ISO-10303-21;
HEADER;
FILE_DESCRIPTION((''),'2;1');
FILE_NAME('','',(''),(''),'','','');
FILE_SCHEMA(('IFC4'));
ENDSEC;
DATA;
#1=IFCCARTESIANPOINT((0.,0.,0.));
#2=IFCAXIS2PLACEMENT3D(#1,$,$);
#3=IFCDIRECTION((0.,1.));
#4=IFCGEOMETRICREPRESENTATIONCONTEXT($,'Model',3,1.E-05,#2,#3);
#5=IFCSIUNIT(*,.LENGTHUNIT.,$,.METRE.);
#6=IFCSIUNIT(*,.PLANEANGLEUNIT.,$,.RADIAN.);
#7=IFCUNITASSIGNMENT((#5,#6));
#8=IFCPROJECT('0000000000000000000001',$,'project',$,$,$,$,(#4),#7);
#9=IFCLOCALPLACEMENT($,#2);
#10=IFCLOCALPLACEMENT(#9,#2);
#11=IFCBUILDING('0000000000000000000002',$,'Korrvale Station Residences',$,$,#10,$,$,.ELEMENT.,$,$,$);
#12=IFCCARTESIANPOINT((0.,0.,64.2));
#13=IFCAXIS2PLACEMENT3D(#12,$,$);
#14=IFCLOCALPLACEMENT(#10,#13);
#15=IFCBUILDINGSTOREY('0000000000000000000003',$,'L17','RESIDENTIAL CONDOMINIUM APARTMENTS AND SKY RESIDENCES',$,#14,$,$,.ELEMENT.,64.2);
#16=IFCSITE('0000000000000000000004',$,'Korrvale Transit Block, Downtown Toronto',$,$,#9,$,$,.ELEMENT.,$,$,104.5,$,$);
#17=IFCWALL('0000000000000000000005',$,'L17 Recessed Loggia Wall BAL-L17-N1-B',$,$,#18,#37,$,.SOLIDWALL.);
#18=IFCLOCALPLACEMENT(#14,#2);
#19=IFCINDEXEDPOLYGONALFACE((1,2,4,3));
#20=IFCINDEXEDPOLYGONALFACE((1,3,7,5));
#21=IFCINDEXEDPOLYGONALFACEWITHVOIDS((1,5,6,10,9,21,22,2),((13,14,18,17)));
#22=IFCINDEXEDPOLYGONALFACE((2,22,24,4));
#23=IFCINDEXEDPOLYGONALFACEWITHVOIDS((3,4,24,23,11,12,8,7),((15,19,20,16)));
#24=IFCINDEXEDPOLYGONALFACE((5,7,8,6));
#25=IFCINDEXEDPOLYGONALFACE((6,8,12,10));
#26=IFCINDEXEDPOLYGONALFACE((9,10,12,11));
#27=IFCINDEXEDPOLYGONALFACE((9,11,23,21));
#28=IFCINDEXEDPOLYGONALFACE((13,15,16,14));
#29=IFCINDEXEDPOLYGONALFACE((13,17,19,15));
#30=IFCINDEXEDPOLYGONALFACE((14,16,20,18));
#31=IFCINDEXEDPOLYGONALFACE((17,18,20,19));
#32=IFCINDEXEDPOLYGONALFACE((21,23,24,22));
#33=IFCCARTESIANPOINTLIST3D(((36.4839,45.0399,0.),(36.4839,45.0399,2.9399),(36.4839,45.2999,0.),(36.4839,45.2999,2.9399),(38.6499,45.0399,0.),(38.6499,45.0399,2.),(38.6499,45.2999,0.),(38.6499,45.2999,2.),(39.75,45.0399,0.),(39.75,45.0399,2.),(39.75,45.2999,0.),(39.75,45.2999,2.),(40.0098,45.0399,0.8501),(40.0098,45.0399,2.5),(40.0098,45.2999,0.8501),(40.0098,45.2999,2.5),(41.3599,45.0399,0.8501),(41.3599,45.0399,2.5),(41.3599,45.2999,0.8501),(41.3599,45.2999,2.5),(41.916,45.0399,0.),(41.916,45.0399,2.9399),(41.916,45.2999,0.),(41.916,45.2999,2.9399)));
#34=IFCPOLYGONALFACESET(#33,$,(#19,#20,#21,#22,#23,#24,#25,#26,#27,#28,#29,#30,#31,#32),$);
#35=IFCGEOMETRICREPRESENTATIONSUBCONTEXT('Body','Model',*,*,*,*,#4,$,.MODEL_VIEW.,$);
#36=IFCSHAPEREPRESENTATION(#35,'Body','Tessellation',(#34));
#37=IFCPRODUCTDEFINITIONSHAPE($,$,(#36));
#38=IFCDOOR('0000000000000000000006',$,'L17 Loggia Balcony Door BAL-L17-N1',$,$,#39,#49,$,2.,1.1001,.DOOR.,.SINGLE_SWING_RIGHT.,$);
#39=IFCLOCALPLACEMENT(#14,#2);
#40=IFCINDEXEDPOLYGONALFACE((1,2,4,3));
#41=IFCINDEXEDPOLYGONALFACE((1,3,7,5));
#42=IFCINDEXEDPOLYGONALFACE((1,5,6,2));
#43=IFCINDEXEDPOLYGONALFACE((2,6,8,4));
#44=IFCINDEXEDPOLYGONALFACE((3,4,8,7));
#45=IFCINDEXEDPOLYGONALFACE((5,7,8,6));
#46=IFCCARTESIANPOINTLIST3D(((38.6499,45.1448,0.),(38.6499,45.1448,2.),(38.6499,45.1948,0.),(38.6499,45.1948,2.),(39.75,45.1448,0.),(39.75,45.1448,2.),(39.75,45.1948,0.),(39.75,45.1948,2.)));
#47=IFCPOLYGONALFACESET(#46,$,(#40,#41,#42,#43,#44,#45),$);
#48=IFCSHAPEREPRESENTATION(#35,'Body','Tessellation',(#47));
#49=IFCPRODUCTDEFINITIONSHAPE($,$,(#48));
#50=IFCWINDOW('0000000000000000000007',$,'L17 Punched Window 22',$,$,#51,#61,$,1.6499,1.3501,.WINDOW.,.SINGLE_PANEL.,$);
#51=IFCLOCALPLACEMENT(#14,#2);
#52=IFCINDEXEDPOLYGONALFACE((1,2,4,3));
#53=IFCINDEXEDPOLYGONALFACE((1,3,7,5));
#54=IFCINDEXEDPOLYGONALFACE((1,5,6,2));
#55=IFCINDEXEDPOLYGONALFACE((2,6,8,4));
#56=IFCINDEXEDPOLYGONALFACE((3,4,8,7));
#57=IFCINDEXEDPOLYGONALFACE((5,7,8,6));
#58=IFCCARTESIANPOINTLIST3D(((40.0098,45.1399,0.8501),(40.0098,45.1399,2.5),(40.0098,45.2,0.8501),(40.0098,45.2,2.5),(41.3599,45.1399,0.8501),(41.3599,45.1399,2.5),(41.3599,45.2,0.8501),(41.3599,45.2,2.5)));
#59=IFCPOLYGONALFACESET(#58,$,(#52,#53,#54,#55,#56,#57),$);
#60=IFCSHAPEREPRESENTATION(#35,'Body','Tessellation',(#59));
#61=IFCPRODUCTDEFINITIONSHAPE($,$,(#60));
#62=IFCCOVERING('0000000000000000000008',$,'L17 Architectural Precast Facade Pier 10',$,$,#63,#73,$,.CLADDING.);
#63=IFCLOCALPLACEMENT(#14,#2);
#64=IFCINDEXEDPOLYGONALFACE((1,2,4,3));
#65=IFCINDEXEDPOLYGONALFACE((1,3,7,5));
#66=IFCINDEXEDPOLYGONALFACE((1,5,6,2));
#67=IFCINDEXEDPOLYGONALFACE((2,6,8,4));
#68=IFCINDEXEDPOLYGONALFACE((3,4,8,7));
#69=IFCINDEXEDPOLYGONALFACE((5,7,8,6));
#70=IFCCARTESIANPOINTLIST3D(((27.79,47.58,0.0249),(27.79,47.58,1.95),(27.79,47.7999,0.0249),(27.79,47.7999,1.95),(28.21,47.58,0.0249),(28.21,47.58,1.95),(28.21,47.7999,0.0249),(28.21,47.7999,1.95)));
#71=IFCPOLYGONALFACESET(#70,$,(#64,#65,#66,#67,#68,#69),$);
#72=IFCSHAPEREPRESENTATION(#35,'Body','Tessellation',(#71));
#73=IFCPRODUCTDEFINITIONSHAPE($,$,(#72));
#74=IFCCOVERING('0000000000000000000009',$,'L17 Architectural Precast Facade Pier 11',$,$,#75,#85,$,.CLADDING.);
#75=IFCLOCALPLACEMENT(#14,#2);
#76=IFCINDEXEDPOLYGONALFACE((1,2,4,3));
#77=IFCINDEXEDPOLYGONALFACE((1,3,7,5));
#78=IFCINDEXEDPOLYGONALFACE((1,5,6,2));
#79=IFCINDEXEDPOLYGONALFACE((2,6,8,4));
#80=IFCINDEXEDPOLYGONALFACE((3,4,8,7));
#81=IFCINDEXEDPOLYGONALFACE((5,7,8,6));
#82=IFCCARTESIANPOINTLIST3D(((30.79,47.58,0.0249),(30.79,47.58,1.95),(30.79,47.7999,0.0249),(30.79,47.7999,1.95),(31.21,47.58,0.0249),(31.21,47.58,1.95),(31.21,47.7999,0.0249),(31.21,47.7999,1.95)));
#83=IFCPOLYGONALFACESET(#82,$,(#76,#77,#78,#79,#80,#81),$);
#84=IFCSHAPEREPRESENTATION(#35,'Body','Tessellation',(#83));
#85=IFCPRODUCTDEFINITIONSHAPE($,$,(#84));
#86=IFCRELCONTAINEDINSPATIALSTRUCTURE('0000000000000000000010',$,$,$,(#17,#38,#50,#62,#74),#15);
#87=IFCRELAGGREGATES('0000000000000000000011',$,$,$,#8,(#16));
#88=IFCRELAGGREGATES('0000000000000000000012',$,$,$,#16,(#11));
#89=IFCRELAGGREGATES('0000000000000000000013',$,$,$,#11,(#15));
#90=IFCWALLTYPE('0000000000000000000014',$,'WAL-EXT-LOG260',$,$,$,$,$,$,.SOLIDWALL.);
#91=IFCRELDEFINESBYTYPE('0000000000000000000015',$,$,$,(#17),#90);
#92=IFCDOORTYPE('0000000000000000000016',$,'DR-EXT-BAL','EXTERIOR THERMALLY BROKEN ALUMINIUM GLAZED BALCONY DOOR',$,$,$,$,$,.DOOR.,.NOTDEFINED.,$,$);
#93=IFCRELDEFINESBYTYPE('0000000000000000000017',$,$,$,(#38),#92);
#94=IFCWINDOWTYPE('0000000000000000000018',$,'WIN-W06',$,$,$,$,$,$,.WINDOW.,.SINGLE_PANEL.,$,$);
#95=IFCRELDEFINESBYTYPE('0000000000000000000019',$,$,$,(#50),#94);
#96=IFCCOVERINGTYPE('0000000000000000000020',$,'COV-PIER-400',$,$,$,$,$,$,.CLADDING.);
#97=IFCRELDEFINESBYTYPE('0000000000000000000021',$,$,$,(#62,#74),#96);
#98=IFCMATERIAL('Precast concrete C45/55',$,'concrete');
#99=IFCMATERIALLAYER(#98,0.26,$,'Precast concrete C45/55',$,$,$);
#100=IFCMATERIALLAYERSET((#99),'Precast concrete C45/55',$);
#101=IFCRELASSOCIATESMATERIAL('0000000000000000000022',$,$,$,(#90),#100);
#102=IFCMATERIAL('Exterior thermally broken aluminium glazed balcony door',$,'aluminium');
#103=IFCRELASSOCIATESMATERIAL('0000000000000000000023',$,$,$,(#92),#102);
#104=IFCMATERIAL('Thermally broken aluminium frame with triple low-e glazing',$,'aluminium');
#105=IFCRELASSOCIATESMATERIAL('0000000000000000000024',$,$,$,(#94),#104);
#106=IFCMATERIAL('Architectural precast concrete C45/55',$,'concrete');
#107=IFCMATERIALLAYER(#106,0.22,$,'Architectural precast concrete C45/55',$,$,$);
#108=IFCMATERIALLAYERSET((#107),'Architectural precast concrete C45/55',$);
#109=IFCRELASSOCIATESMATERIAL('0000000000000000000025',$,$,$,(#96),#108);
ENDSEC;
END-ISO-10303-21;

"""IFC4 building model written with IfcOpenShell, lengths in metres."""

from ifc_helpers import new_model, si_unit, direction, frame, frame_2d, origin, origin_2d, place, context, subcontext, project, spatial, rectangle, extrude, material, layer, layer_set, type_object, element, fill, save


model = new_model("IFC4")

# Units and contexts
model_context = context("Model", 3, precision=1e-05, world=origin(), true_north=direction((0.0, 1.0)))
body_context = subcontext(model_context, "Body", "Model", "MODEL_VIEW")
ifc_project = project(units=[si_unit("LENGTHUNIT", "METRE"), si_unit("PLANEANGLEUNIT", "RADIAN")], contexts=[model_context])

# Site, building, storey
site_placement = place(None, origin())
site = spatial("IfcSite", under=ifc_project, at=site_placement, Name="Korrvale Transit Block, Downtown Toronto", CompositionType="ELEMENT", RefElevation=104.5)
building_placement = place(site_placement, origin())
building = spatial("IfcBuilding", under=site, at=building_placement, Name="Korrvale Station Residences", CompositionType="ELEMENT")
storey_placement = place(building_placement, frame((0.0, 0.0, 64.2)))
storey = spatial("IfcBuildingStorey", under=building, at=storey_placement, Name="L17", Description="RESIDENTIAL CONDOMINIUM APARTMENTS AND SKY RESIDENCES", CompositionType="ELEMENT", Elevation=64.2)

# Shared definitions
ifc_material_1 = material(Name="Precast concrete C45/55", Category="concrete")
ifc_layer_1 = layer(ifc_material_1, 0.26, Name="Precast concrete C45/55")
ifc_layer_set_1 = layer_set([ifc_layer_1], Name="Precast concrete C45/55")
wall_type = type_object("IfcWallType", Name="WAL-EXT-LOG260", PredefinedType="SOLIDWALL", material=ifc_layer_set_1)
ifc_material_2 = material(Name="Thermally broken aluminium frame with triple low-e glazing", Category="aluminium")

# Wall, openings, door, window
wall_1_placement = place(storey_placement, frame((36.4839, 45.1699, 0.0), z_axis=(0.0, 0.0, 1.0), x_axis=(1.0, 0.0, 0.0)))
wall_1 = element("IfcWall", 1, at=wall_1_placement, inside=storey, type_object=wall_type, Name="L17 Recessed Loggia Wall BAL-L17-N1-B", PredefinedType="SOLIDWALL", context=body_context, shape_type="SweptSolid", body=[
    extrude(rectangle(XDim=5.4321, YDim=0.26, at=frame_2d((2.7161, 0.0))), origin(), (0.0, 0.0, 1.0), 2.9399),
])
opening_1_placement = place(wall_1_placement, frame((2.166, 0.0, 0.0)))
opening_1 = element("IfcOpeningElement", 2, at=opening_1_placement, cuts=wall_1, PredefinedType="OPENING", context=body_context, shape_type="SweptSolid", body=[
    extrude(rectangle(XDim=1.1001, YDim=2.0, at=frame_2d((0.55, 1.0))), frame((0.0, 0.1401, 0.0), z_axis=(0.0, -1.0, 0.0), x_axis=(1.0, 0.0, 0.0)), (0.0, 0.0, 1.0), 0.28),
])
opening_2_placement = place(wall_1_placement, frame((3.5259, 0.0, 0.8501)))
opening_2 = element("IfcOpeningElement", 3, at=opening_2_placement, cuts=wall_1, PredefinedType="OPENING", context=body_context, shape_type="SweptSolid", body=[
    extrude(rectangle(XDim=1.3501, YDim=1.6499, at=frame_2d((0.675, 0.825))), frame((0.0, 0.1401, 0.0), z_axis=(0.0, -1.0, 0.0), x_axis=(1.0, 0.0, 0.0)), (0.0, 0.0, 1.0), 0.28),
])
ifc_material_3 = material(Name="Exterior thermally broken aluminium glazed balcony door", Category="aluminium")
door_type = type_object("IfcDoorType", Name="DR-EXT-BAL", Description="EXTERIOR THERMALLY BROKEN ALUMINIUM GLAZED BALCONY DOOR", OperationType="NOTDEFINED", PredefinedType="DOOR", material=ifc_material_3)
door_placement = place(opening_1_placement, origin())
door = element("IfcDoor", 4, at=door_placement, inside=storey, type_object=door_type, Name="L17 Loggia Balcony Door BAL-L17-N1", OperationType="SINGLE_SWING_RIGHT", OverallHeight=2.0, OverallWidth=1.1001, PredefinedType="DOOR", context=body_context, shape_type="SweptSolid", body=[
    extrude(rectangle(XDim=1.1001, YDim=2.0, at=frame_2d((0.55, 1.0))), frame((0.0, 0.0249, 0.0), z_axis=(0.0, -1.0, 0.0), x_axis=(1.0, 0.0, 0.0)), (0.0, 0.0, 1.0), 0.05),
])
fill(opening_1, door)
window_type_1 = type_object("IfcWindowType", Name="WIN-W06", PartitioningType="SINGLE_PANEL", PredefinedType="WINDOW", material=ifc_material_2)
window_1_placement = place(opening_2_placement, origin())
window_1 = element("IfcWindow", 5, at=window_1_placement, inside=storey, type_object=window_type_1, Name="L17 Punched Window 22", OverallHeight=1.6499, OverallWidth=1.3501, PartitioningType="SINGLE_PANEL", PredefinedType="WINDOW", context=body_context, shape_type="SweptSolid", body=[
    extrude(rectangle(XDim=1.3501, YDim=1.6499, at=frame_2d((0.675, 0.825))), frame((0.0, 0.03, 0.0), z_axis=(0.0, -1.0, 0.0), x_axis=(1.0, 0.0, 0.0)), (0.0, 0.0, 1.0), 0.0601),
])
fill(opening_2, window_1)

# Coverings
ifc_material_4 = material(Name="Architectural precast concrete C45/55", Category="concrete")
ifc_layer_2 = layer(ifc_material_4, 0.22, Name="Architectural precast concrete C45/55")
ifc_layer_set_2 = layer_set([ifc_layer_2], Name="Architectural precast concrete C45/55")
covering_type = type_object("IfcCoveringType", Name="COV-PIER-400", PredefinedType="CLADDING", material=ifc_layer_set_2)
for number, where, z_axis, x_axis, name in (
    (6, (28.0, 47.6899, 0.0249), (0.0, 0.0, 1.0), (1.0, 0.0, 0.0), "L17 Architectural Precast Facade Pier 10"),
    (7, (31.0, 47.6899, 0.0249), (0.0, 0.0, 1.0), (1.0, 0.0, 0.0), "L17 Architectural Precast Facade Pier 11"),
):
    element("IfcCovering", number, at=place(storey_placement, frame(where, z_axis=z_axis, x_axis=x_axis)), inside=storey, type_object=covering_type, Name=name, PredefinedType="CLADDING", context=body_context, shape_type="SweptSolid", body=[
        extrude(rectangle(XDim=0.4199, YDim=0.22, at=origin_2d()), origin(), (0.0, 0.0, 1.0), 1.925),
    ])

save(model, "model.ifc")
